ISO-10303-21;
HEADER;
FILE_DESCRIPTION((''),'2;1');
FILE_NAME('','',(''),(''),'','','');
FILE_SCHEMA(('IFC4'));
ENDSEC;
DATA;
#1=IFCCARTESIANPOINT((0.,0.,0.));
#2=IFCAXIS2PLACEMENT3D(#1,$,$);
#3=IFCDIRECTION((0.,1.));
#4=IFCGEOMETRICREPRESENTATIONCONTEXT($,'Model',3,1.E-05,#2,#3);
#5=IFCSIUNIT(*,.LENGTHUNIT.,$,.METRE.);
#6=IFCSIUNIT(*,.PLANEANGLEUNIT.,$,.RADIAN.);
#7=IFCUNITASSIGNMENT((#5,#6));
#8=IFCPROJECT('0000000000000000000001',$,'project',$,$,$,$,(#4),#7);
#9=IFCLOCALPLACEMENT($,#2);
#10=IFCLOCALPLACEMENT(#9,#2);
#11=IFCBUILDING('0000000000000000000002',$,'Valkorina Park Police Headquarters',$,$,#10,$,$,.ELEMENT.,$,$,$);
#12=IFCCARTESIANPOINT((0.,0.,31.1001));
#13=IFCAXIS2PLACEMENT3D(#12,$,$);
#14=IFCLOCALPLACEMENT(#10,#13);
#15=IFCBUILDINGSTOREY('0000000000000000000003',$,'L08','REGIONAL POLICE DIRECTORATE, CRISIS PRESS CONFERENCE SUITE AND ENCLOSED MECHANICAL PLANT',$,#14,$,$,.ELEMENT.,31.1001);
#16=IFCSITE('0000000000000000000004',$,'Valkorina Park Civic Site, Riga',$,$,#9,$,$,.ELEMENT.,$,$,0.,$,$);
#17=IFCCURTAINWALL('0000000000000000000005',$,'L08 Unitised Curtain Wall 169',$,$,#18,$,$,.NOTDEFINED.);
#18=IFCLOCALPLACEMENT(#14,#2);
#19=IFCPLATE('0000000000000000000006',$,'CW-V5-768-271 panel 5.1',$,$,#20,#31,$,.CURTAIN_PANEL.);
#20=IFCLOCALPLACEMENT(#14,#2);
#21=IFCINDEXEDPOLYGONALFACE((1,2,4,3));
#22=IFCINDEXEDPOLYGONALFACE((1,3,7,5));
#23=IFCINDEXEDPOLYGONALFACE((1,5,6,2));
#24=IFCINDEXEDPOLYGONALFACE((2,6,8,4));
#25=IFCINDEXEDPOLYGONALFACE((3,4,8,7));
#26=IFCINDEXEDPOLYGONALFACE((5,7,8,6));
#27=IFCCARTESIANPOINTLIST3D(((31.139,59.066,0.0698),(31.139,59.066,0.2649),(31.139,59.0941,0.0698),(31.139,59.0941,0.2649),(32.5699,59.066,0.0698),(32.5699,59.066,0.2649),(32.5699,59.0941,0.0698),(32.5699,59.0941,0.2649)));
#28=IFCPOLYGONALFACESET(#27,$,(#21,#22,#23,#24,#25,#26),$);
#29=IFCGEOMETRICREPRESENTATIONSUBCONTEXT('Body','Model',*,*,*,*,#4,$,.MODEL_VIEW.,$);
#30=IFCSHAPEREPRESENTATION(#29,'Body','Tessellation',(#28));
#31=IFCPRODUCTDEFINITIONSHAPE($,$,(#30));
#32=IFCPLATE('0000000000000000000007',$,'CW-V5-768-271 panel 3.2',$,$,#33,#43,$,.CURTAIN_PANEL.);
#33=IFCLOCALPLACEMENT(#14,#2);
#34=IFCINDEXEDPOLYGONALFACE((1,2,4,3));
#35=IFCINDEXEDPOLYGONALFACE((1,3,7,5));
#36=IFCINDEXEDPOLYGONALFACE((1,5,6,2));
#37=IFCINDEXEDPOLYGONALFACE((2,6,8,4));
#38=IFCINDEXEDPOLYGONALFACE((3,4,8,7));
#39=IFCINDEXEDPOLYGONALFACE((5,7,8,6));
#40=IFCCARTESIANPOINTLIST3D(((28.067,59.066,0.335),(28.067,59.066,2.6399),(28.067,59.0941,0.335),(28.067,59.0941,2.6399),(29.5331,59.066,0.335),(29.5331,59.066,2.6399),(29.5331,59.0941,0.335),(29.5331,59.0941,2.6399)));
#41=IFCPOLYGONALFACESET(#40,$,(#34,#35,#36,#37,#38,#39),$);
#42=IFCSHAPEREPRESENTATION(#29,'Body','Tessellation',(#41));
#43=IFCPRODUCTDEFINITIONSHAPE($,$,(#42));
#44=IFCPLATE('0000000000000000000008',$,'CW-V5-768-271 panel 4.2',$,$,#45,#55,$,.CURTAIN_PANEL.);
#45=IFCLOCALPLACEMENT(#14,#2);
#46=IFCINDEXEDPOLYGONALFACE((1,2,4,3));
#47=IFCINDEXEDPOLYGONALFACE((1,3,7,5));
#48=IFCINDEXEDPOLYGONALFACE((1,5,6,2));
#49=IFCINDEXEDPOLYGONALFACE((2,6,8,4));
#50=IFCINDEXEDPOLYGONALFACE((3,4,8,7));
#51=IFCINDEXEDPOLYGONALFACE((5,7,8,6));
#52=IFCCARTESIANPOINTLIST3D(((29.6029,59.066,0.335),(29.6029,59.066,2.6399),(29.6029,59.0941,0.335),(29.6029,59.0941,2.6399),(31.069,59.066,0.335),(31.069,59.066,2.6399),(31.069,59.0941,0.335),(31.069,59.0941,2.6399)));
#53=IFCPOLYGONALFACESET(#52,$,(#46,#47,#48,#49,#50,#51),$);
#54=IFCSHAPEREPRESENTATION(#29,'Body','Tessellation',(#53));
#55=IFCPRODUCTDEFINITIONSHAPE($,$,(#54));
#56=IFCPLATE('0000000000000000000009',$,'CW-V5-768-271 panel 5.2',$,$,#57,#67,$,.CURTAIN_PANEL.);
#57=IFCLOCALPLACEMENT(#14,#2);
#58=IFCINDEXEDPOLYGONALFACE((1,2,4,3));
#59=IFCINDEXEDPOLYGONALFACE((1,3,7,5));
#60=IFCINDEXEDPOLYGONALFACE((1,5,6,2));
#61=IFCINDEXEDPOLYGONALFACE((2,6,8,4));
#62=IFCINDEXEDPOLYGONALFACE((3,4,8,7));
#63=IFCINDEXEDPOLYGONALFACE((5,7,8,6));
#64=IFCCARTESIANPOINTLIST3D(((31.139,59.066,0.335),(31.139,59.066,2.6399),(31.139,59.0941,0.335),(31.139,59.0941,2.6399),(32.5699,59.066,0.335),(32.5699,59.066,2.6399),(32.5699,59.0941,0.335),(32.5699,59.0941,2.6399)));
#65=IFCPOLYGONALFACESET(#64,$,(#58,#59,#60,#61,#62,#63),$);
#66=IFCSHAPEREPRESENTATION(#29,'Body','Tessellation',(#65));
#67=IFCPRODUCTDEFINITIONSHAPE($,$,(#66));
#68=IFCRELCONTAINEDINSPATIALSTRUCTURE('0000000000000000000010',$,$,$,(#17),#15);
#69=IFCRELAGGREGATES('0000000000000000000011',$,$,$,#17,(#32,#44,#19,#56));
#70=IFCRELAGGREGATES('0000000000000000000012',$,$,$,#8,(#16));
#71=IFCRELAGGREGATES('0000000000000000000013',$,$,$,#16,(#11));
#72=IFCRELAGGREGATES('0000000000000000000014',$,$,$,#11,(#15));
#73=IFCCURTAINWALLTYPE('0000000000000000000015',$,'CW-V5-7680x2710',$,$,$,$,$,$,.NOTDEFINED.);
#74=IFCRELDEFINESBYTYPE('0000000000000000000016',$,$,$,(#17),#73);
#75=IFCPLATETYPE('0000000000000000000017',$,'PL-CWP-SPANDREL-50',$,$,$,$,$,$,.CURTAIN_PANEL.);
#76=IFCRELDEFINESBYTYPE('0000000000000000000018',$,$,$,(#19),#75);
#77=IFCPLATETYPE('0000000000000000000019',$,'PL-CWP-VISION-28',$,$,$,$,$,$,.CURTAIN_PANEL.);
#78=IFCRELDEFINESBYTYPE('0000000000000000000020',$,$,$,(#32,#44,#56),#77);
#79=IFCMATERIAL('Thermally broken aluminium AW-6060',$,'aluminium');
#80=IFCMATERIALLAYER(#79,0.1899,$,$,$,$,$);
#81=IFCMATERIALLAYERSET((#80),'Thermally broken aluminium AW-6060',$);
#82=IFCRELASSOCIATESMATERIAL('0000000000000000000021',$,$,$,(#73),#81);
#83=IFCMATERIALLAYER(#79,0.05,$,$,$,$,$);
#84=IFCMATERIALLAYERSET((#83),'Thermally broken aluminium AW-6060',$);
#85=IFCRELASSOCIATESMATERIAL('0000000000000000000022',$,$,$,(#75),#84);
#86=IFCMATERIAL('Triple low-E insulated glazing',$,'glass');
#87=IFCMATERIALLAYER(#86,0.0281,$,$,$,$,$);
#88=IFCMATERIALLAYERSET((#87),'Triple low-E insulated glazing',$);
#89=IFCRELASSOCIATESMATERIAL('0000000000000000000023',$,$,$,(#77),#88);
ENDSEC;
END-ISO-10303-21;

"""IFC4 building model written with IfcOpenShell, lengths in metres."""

from ifc_helpers import new_model, si_unit, direction, frame, origin, origin_2d, place, context, subcontext, project, spatial, rectangle, extrude, material, layer, layer_set, type_object, element, aggregate, save


model = new_model("IFC4")

# Units and contexts
model_context = context("Model", 3, precision=1e-05, world=origin(), true_north=direction((0.0, 1.0)))
body_context = subcontext(model_context, "Body", "Model", "MODEL_VIEW")
ifc_project = project(units=[si_unit("LENGTHUNIT", "METRE"), si_unit("PLANEANGLEUNIT", "RADIAN")], contexts=[model_context])

# Site, building, storey
site_placement = place(None, origin())
site = spatial("IfcSite", under=ifc_project, at=site_placement, Name="Valkorina Park Civic Site, Riga", CompositionType="ELEMENT", RefElevation=0.0)
building_placement = place(site_placement, origin())
building = spatial("IfcBuilding", under=site, at=building_placement, Name="Valkorina Park Police Headquarters", CompositionType="ELEMENT")
storey_placement = place(building_placement, frame((0.0, 0.0, 31.1001)))
storey = spatial("IfcBuildingStorey", under=building, at=storey_placement, Name="L08", Description="REGIONAL POLICE DIRECTORATE, CRISIS PRESS CONFERENCE SUITE AND ENCLOSED MECHANICAL PLANT", CompositionType="ELEMENT", Elevation=31.1001)

# Curtain wall
ifc_material_1 = material(Name="Thermally broken aluminium AW-6060", Category="aluminium")
ifc_layer_1 = layer(ifc_material_1, 0.1899)
ifc_layer_set_1 = layer_set([ifc_layer_1], Name="Thermally broken aluminium AW-6060")
curtain_wall_type_1 = type_object("IfcCurtainWallType", Name="CW-V5-7680x2710", PredefinedType="NOTDEFINED", material=ifc_layer_set_1)
curtain_wall_1_placement = place(storey_placement, origin())
curtain_wall_1 = element("IfcCurtainWall", 1, at=curtain_wall_1_placement, inside=storey, type_object=curtain_wall_type_1, Name="L08 Unitised Curtain Wall 169", PredefinedType="NOTDEFINED")

# Plates
ifc_layer_2 = layer(ifc_material_1, 0.05)
ifc_layer_set_2 = layer_set([ifc_layer_2], Name="Thermally broken aluminium AW-6060")
plate_type_1 = type_object("IfcPlateType", Name="PL-CWP-SPANDREL-50", PredefinedType="CURTAIN_PANEL", material=ifc_layer_set_2)
plate_1_placement = place(storey_placement, frame((31.8545, 59.0801, 0.0698), z_axis=(0.0, 0.0, 1.0), x_axis=(1.0, 0.0, 0.0)))
plate_1 = element("IfcPlate", 2, at=plate_1_placement, type_object=plate_type_1, Name="CW-V5-768-271 panel 5.1", PredefinedType="CURTAIN_PANEL", context=body_context, shape_type="SweptSolid", body=[
    extrude(rectangle(XDim=1.4309, YDim=0.0281, at=origin_2d()), origin(), (0.0, 0.0, 1.0), 0.1951),
])
ifc_material_2 = material(Name="Triple low-E insulated glazing", Category="glass")
ifc_layer_3 = layer(ifc_material_2, 0.0281)
ifc_layer_set_3 = layer_set([ifc_layer_3], Name="Triple low-E insulated glazing")
plate_type_2 = type_object("IfcPlateType", Name="PL-CWP-VISION-28", PredefinedType="CURTAIN_PANEL", material=ifc_layer_set_3)
plate_2_placement = place(storey_placement, frame((28.8, 59.0801, 0.335), z_axis=(0.0, 0.0, 1.0), x_axis=(1.0, 0.0, 0.0)))
plate_2 = element("IfcPlate", 3, at=plate_2_placement, type_object=plate_type_2, Name="CW-V5-768-271 panel 3.2", PredefinedType="CURTAIN_PANEL", context=body_context, shape_type="SweptSolid", body=[
    extrude(rectangle(XDim=1.4661, YDim=0.0281, at=origin_2d()), origin(), (0.0, 0.0, 1.0), 2.3049),
])
plate_3_placement = place(storey_placement, frame((30.3359, 59.0801, 0.335), z_axis=(0.0, 0.0, 1.0), x_axis=(1.0, 0.0, 0.0)))
plate_3 = element("IfcPlate", 4, at=plate_3_placement, type_object=plate_type_2, Name="CW-V5-768-271 panel 4.2", PredefinedType="CURTAIN_PANEL", context=body_context, shape_type="SweptSolid", body=[
    extrude(rectangle(XDim=1.4661, YDim=0.0281, at=origin_2d()), origin(), (0.0, 0.0, 1.0), 2.3049),
])
plate_4_placement = place(storey_placement, frame((31.8545, 59.0801, 0.335), z_axis=(0.0, 0.0, 1.0), x_axis=(1.0, 0.0, 0.0)))
plate_4 = element("IfcPlate", 5, at=plate_4_placement, type_object=plate_type_2, Name="CW-V5-768-271 panel 5.2", PredefinedType="CURTAIN_PANEL", context=body_context, shape_type="SweptSolid", body=[
    extrude(rectangle(XDim=1.4309, YDim=0.0281, at=origin_2d()), origin(), (0.0, 0.0, 1.0), 2.3049),
])
aggregate(curtain_wall_1, [plate_2, plate_3, plate_1, plate_4])

save(model, "model.ifc")
